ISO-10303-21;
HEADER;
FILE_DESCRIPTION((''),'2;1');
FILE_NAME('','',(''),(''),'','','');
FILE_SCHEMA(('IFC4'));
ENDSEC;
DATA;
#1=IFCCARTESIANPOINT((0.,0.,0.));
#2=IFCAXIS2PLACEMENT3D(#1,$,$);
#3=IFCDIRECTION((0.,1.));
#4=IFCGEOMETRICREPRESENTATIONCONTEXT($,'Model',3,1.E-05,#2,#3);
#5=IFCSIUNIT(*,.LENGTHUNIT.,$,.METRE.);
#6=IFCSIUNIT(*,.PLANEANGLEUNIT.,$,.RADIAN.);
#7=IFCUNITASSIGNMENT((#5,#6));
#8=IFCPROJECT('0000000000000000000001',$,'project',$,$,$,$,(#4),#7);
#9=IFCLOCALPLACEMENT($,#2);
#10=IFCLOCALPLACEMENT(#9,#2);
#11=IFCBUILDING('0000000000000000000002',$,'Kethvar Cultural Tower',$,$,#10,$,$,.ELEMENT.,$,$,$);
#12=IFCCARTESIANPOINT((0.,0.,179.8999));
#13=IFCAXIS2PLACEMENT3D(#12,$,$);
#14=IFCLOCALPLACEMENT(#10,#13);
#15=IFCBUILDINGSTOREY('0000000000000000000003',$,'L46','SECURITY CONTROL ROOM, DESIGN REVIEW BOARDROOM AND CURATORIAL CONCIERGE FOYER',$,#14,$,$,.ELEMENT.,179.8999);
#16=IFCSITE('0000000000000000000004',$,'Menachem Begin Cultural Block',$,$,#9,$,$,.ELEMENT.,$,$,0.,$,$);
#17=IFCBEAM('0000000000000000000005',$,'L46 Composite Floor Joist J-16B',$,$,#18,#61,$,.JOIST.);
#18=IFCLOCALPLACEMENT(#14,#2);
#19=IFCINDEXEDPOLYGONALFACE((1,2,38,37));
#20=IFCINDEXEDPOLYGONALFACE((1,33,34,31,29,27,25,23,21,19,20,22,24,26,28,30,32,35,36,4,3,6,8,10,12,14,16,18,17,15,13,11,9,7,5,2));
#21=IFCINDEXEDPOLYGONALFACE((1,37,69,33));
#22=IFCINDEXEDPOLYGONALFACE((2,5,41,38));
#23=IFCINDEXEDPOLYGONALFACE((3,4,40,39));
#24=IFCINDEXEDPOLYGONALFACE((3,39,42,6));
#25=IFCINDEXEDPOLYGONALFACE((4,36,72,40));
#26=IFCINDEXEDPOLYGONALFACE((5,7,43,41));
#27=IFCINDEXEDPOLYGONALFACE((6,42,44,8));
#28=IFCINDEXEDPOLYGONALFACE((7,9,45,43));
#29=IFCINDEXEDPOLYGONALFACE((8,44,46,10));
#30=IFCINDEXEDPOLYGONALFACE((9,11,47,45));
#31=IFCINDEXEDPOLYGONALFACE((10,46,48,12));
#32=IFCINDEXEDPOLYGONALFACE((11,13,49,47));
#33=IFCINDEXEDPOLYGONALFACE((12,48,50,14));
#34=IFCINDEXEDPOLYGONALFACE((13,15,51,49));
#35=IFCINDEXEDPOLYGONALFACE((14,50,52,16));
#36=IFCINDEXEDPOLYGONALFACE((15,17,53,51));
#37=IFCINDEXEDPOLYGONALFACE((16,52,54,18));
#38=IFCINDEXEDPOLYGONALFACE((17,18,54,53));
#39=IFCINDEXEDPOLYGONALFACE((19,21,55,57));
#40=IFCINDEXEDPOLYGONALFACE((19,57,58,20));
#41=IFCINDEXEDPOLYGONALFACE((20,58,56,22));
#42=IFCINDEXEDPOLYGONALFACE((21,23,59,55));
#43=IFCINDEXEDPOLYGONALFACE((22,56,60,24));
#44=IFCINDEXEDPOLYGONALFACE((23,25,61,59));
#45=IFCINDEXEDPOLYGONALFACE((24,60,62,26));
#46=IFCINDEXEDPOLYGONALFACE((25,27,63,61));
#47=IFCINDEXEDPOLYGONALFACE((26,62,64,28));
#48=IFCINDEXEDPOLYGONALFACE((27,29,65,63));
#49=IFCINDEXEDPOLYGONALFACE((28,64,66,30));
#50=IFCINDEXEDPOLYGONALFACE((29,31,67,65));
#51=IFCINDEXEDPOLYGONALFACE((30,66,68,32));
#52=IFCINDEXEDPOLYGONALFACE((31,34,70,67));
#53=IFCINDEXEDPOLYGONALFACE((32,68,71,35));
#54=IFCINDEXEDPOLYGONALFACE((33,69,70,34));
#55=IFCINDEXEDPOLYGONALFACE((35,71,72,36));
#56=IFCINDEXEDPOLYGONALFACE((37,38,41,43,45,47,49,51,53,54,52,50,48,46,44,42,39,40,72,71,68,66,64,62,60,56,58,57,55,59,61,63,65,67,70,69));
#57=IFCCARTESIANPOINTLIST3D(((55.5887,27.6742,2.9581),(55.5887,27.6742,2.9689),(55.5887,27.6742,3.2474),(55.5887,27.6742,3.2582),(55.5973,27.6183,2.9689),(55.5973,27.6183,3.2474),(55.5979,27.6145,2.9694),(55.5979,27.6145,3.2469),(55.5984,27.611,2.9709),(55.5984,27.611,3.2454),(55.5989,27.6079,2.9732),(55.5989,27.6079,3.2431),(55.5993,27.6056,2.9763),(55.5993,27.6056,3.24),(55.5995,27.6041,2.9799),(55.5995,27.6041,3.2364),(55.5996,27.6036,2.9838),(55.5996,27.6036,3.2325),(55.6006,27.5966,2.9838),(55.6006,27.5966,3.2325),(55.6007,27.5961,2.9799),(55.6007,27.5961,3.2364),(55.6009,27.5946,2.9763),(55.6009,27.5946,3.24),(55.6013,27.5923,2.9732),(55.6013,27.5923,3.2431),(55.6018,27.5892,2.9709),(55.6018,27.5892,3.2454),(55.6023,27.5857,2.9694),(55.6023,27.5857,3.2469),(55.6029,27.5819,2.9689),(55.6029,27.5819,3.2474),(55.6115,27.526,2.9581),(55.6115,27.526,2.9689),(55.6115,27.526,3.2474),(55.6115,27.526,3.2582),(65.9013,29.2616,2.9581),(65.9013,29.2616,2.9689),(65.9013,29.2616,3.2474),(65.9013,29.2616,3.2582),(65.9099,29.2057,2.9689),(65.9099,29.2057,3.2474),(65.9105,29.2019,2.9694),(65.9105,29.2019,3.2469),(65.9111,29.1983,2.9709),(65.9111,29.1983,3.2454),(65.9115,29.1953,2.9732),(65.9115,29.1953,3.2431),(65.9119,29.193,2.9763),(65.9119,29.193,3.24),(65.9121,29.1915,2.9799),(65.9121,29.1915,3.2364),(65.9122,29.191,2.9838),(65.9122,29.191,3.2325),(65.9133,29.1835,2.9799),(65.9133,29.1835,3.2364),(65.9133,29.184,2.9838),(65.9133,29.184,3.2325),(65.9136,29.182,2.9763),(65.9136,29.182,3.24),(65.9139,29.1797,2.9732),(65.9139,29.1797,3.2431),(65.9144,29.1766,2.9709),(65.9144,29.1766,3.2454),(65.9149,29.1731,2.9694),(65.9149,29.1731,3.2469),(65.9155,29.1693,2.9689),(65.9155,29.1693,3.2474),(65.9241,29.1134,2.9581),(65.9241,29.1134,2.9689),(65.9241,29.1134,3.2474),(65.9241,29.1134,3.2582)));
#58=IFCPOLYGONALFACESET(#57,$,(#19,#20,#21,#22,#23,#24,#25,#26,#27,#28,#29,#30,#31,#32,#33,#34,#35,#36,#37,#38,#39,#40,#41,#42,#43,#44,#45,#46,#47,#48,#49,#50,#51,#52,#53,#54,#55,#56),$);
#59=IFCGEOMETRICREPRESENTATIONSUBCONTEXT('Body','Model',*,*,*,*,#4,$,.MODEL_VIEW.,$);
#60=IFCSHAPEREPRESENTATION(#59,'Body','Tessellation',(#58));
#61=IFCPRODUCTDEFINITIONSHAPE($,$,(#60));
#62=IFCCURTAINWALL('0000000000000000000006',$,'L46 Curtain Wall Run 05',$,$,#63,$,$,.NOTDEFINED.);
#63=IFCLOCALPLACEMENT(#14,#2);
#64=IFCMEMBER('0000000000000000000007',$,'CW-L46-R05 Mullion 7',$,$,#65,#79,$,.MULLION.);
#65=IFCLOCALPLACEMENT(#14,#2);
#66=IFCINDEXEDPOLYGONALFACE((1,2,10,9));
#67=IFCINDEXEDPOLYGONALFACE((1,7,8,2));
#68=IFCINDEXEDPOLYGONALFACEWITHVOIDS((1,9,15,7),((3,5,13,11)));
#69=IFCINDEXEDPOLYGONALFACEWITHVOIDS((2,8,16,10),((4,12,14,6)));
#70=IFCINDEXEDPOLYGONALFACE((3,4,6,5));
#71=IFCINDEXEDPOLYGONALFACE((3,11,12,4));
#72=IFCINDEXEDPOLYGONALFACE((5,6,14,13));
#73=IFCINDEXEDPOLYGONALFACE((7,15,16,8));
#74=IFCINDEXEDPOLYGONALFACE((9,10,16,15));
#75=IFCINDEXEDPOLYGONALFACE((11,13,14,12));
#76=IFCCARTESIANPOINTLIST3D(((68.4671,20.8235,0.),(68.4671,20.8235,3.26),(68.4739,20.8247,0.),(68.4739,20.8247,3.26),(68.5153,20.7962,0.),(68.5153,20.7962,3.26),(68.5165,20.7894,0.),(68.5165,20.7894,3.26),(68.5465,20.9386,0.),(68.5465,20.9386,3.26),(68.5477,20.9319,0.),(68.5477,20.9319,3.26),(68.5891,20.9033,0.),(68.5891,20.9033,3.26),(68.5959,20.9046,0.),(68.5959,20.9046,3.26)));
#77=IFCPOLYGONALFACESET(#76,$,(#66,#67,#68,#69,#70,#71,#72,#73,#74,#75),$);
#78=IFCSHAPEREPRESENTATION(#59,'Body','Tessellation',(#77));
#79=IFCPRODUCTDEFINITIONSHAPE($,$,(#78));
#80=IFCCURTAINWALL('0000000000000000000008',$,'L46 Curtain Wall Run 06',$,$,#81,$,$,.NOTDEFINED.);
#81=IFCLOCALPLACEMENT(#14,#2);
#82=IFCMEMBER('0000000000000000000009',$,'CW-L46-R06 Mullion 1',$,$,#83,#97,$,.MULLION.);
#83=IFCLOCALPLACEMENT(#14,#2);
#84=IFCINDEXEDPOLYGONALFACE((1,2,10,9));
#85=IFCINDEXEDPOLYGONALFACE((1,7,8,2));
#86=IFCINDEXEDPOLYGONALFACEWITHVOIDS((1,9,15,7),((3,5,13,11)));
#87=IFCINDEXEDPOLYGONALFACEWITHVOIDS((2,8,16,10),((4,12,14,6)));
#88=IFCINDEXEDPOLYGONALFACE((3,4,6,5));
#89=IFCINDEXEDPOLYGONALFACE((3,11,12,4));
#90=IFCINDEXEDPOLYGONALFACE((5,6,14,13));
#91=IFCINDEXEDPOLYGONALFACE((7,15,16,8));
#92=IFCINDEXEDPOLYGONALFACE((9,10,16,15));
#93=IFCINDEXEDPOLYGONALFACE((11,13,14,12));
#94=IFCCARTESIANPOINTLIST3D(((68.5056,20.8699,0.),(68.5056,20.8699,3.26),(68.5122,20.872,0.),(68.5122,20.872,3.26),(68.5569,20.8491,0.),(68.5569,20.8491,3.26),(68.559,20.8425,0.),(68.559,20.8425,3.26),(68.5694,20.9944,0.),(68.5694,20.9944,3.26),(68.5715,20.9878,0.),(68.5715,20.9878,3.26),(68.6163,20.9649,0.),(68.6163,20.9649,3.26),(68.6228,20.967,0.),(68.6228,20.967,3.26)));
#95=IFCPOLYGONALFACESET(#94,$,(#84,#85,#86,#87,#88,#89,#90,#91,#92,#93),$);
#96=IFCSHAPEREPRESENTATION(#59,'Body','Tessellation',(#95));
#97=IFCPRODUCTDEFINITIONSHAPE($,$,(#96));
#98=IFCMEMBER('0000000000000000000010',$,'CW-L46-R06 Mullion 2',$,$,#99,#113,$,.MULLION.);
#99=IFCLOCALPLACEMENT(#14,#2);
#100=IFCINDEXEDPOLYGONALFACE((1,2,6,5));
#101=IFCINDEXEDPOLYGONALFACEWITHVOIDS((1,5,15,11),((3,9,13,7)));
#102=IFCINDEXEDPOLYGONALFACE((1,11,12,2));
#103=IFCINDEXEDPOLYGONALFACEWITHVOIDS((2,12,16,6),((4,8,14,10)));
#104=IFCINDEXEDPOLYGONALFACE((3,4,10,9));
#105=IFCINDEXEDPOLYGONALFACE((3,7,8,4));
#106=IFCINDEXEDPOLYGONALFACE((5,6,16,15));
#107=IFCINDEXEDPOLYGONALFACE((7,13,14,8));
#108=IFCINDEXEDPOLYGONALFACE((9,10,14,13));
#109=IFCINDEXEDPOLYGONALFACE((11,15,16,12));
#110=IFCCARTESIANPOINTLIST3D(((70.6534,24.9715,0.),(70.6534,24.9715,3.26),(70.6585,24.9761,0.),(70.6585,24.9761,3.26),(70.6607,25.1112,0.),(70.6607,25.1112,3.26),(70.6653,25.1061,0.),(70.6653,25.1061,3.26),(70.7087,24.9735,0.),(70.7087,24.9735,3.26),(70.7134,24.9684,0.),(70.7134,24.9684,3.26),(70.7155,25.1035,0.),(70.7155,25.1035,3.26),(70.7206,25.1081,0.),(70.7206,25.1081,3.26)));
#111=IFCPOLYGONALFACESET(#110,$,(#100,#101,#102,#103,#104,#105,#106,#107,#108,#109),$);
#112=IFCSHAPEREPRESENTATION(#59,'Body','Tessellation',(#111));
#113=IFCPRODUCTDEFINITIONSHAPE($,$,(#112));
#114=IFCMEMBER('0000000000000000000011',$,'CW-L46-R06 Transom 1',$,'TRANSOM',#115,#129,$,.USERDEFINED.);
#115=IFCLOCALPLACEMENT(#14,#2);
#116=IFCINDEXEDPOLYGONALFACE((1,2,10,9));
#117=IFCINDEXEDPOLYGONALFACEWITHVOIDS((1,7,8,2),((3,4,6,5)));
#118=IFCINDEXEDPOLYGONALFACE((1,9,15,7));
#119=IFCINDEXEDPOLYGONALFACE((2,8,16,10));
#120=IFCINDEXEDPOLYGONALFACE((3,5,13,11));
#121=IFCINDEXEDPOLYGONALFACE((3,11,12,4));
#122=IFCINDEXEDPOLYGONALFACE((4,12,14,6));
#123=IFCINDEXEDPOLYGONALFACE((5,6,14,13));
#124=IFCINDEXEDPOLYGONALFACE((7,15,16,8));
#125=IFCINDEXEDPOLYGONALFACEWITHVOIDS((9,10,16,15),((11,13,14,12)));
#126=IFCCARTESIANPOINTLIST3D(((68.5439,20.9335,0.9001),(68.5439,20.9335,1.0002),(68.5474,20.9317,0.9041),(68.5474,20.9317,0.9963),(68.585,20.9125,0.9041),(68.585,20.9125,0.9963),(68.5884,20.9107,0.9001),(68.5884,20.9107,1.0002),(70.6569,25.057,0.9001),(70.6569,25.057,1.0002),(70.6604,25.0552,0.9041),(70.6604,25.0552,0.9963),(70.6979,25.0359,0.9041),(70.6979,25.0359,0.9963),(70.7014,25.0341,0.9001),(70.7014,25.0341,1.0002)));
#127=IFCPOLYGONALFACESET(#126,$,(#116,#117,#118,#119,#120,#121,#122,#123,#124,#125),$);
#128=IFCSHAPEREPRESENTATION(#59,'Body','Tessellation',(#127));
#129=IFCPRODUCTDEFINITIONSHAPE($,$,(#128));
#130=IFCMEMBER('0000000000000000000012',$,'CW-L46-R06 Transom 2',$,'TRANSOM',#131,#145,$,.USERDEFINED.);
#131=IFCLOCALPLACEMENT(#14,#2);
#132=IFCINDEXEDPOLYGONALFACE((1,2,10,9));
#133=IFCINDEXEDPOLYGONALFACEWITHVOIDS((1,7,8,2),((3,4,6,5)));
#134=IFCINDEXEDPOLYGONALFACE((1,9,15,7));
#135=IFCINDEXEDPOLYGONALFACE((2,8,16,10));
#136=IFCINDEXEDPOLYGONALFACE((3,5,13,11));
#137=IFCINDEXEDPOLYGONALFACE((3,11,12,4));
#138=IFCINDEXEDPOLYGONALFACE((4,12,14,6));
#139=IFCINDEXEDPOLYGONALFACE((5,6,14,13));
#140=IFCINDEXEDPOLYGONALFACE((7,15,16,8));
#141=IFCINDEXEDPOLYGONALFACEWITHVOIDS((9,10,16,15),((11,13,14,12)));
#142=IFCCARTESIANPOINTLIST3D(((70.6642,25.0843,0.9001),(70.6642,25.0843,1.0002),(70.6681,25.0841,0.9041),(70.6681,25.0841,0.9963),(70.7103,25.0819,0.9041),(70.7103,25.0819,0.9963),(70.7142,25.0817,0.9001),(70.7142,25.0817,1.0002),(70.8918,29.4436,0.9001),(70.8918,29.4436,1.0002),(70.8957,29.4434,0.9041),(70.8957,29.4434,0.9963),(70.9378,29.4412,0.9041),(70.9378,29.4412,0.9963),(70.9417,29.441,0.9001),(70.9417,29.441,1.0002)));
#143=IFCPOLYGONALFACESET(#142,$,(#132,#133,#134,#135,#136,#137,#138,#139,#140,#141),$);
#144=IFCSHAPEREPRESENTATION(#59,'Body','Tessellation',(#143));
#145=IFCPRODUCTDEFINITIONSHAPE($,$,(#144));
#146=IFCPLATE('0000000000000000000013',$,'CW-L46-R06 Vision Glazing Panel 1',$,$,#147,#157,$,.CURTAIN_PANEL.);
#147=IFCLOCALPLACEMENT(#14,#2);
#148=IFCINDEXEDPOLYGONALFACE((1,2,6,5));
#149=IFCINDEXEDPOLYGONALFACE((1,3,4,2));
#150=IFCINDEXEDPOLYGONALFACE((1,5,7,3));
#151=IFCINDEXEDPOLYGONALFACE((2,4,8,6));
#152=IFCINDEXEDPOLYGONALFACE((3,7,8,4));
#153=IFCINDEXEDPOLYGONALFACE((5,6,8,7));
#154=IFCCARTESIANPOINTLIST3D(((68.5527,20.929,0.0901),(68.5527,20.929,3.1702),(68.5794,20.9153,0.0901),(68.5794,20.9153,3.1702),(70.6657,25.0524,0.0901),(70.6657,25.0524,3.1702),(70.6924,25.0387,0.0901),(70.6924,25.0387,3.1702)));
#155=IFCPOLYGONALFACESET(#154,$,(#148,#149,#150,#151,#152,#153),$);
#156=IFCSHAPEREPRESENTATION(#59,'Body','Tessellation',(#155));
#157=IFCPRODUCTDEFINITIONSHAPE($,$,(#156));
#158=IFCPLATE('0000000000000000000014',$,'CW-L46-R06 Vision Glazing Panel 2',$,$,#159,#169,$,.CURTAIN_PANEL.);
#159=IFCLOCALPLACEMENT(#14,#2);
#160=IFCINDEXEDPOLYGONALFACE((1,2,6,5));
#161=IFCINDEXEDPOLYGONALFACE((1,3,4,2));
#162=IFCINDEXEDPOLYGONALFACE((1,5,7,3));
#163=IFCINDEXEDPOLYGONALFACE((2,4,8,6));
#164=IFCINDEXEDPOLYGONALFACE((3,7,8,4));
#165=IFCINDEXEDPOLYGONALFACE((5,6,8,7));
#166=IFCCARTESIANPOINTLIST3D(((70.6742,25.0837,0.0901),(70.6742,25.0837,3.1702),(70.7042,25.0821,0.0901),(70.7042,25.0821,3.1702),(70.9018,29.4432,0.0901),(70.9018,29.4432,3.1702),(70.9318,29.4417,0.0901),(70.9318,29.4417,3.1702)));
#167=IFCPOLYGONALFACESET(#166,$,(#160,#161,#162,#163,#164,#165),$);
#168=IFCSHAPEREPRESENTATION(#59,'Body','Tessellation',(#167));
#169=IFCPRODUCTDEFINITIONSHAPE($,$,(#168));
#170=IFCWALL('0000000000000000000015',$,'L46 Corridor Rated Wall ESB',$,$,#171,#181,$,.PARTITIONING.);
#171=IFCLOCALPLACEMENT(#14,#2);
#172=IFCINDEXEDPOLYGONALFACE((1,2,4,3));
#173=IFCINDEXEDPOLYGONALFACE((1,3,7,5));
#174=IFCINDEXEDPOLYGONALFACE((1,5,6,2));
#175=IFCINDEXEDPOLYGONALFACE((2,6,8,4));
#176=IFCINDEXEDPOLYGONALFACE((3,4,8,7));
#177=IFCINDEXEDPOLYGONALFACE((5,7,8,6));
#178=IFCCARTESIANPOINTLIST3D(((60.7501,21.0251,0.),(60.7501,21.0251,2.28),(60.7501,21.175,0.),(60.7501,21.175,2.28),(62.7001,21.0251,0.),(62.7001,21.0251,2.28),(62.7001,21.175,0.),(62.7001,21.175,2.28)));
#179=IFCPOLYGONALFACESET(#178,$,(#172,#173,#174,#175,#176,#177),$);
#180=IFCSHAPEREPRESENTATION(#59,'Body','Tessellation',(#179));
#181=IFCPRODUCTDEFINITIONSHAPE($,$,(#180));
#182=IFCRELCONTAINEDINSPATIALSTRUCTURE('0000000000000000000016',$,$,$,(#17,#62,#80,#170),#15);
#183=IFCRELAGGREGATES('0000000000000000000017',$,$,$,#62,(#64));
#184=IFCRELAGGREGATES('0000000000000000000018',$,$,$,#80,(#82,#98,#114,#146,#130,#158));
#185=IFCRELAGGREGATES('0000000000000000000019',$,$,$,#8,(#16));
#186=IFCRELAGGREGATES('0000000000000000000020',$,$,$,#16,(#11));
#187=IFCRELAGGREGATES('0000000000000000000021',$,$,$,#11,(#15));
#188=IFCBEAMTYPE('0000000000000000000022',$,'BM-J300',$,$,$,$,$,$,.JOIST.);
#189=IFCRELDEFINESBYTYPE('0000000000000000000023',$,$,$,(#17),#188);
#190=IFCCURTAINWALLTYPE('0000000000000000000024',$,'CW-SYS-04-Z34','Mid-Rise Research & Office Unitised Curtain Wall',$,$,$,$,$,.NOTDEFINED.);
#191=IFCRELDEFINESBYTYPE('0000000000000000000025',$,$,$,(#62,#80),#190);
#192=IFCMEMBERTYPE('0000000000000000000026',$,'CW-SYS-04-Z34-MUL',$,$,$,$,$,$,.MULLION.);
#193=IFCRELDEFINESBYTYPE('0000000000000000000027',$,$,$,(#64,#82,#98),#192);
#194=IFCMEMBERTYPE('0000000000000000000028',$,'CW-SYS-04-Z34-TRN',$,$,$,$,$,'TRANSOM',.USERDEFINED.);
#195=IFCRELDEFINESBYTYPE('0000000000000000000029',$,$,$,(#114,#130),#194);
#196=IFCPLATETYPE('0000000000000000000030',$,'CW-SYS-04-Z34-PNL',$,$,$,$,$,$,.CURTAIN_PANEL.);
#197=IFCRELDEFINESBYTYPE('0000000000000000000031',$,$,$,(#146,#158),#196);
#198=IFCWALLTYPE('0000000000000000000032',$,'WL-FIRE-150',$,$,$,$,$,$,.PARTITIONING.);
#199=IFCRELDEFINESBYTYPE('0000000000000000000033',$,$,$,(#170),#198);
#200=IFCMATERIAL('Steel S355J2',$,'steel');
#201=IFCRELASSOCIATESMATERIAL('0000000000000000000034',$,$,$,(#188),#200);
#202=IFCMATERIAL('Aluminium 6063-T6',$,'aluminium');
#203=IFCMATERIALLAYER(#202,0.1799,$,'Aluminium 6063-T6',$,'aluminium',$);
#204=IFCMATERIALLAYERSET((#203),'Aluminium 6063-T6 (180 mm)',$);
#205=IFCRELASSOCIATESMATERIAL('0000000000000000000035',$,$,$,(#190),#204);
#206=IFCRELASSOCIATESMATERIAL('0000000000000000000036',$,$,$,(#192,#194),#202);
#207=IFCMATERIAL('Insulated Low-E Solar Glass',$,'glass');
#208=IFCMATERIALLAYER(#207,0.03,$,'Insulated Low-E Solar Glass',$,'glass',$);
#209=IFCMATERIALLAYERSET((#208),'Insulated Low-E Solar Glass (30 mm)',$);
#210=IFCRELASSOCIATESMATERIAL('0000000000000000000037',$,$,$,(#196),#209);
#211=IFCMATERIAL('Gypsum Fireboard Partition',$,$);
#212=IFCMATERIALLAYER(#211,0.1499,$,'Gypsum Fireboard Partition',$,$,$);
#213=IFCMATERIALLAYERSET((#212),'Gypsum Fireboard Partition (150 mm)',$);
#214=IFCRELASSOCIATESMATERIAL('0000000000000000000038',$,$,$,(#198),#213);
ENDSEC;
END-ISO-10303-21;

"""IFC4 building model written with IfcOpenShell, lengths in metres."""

from ifc_helpers import new_model, si_unit, direction, frame, frame_2d, origin, origin_2d, place, context, subcontext, project, spatial, rectangle, hollow_rectangle, i_section, extrude, source, transform, mapped, material, layer, layer_set, material_profile, profile_set, type_object, element, aggregate, save


model = new_model("IFC4")

# Units and contexts
model_context = context("Model", 3, precision=1e-05, world=origin(), true_north=direction((0.0, 1.0)))
body_context = subcontext(model_context, "Body", "Model", "MODEL_VIEW")
ifc_project = project(units=[si_unit("LENGTHUNIT", "METRE"), si_unit("PLANEANGLEUNIT", "RADIAN")], contexts=[model_context])

# Site, building, storey
site_placement = place(None, origin())
site = spatial("IfcSite", under=ifc_project, at=site_placement, Name="Menachem Begin Cultural Block", CompositionType="ELEMENT", RefElevation=0.0)
building_placement = place(site_placement, origin())
building = spatial("IfcBuilding", under=site, at=building_placement, Name="Kethvar Cultural Tower", CompositionType="ELEMENT")
storey_placement = place(building_placement, frame((0.0, 0.0, 179.8999)))
storey = spatial("IfcBuildingStorey", under=building, at=storey_placement, Name="L46", Description="SECURITY CONTROL ROOM, DESIGN REVIEW BOARDROOM AND CURATORIAL CONCIERGE FOYER", CompositionType="ELEMENT", Elevation=179.8999)

# Beam
ifc_material_1 = material(Name="Steel S355J2", Category="steel")
ifc_material_profile_1 = material_profile(ifc_material_1, i_section(OverallWidth=0.1499, OverallDepth=0.3, WebThickness=0.0071, FlangeThickness=0.0107, FilletRadius=0.0149, at=origin_2d()), Name="Steel S355J2 — IPE300")
ifc_profile_set_1 = profile_set([ifc_material_profile_1], Name="Steel S355J2 — IPE300")
beam_type_1 = type_object("IfcBeamType", Name="BM-J300", PredefinedType="JOIST", material=ifc_profile_set_1)
shared_shape_1 = source(origin(), body_context, "Body", "SweptSolid", [
    extrude(i_section(OverallWidth=0.1499, OverallDepth=0.3, WebThickness=0.0071, FlangeThickness=0.0107, FilletRadius=0.0149, at=origin_2d()), origin(), (0.0, 0.0, 1.0), 10.4341),
])
beam_1_placement = place(storey_placement, frame((55.6001, 27.6001, 3.1082), z_axis=(0.98836, 0.152135, 0.0), x_axis=(-0.152135, 0.98836, 0.0)))
element("IfcBeam", 1, at=beam_1_placement, inside=storey, type_object=beam_type_1, Name="L46 Composite Floor Joist J-16B", PredefinedType="JOIST", context=body_context, shape_type="MappedRepresentation", body=[
    mapped(shared_shape_1, transform((0.0, 0.0, 0.0), scale=1.0)),
])

# Curtain wall, member
ifc_material_2 = material(Name="Aluminium 6063-T6", Category="aluminium")
ifc_layer_1 = layer(ifc_material_2, 0.1799, Name="Aluminium 6063-T6", Category="aluminium")
ifc_layer_set_1 = layer_set([ifc_layer_1], Name="Aluminium 6063-T6 (180 mm)")
curtain_wall_type = type_object("IfcCurtainWallType", Name="CW-SYS-04-Z34", Description="Mid-Rise Research & Office Unitised Curtain Wall", PredefinedType="NOTDEFINED", material=ifc_layer_set_1)
curtain_wall_1_placement = place(storey_placement, origin())
curtain_wall_1 = element("IfcCurtainWall", 2, at=curtain_wall_1_placement, inside=storey, type_object=curtain_wall_type, Name="L46 Curtain Wall Run 05", PredefinedType="NOTDEFINED")
ifc_material_profile_2 = material_profile(ifc_material_2, hollow_rectangle(XDim=0.0601, YDim=0.1399, WallThickness=0.0049, at=origin_2d()), Name="Aluminium 6063-T6 — RHS140x60x5")
ifc_profile_set_2 = profile_set([ifc_material_profile_2], Name="Aluminium 6063-T6 — RHS140x60x5")
member_type_1 = type_object("IfcMemberType", Name="CW-SYS-04-Z34-MUL", PredefinedType="MULLION", material=ifc_profile_set_2)
shared_shape_2 = source(origin(), body_context, "Body", "SweptSolid", [
    extrude(hollow_rectangle(XDim=0.0601, YDim=0.1399, WallThickness=0.0049, at=origin_2d()), origin(), (0.0, 0.0, 1.0), 3.26),
])
member_1_placement = place(storey_placement, frame((68.5315, 20.864, 0.0), z_axis=(0.0, 0.0, 1.0), x_axis=(-0.823335, 0.567556, 0.0)))
member_1 = element("IfcMember", 3, at=member_1_placement, type_object=member_type_1, Name="CW-L46-R05 Mullion 7", PredefinedType="MULLION", context=body_context, shape_type="MappedRepresentation", body=[
    mapped(shared_shape_2, transform((0.0, 0.0, 0.0), scale=1.0)),
])
aggregate(curtain_wall_1, [member_1])

# Curtain wall, members, plates
curtain_wall_2_placement = place(storey_placement, origin())
curtain_wall_2 = element("IfcCurtainWall", 4, at=curtain_wall_2_placement, inside=storey, type_object=curtain_wall_type, Name="L46 Curtain Wall Run 06", PredefinedType="NOTDEFINED")
member_2_placement = place(storey_placement, frame((68.5642, 20.9185, 0.0), z_axis=(0.0, 0.0, 1.0), x_axis=(-0.88995, 0.456058, 0.0)))
member_2 = element("IfcMember", 5, at=member_2_placement, type_object=member_type_1, Name="CW-L46-R06 Mullion 1", PredefinedType="MULLION", context=body_context, shape_type="MappedRepresentation", body=[
    mapped(shared_shape_2, transform((0.0, 0.0, 0.0), scale=1.0)),
])
member_3_placement = place(storey_placement, frame((70.687, 25.0398, 0.0), z_axis=(0.0, 0.0, 1.0), x_axis=(-0.99864, 0.052127, 0.0)))
member_3 = element("IfcMember", 6, at=member_3_placement, type_object=member_type_1, Name="CW-L46-R06 Mullion 2", PredefinedType="MULLION", context=body_context, shape_type="MappedRepresentation", body=[
    mapped(shared_shape_2, transform((0.0, 0.0, 0.0), scale=1.0)),
])
ifc_material_profile_3 = material_profile(ifc_material_2, hollow_rectangle(XDim=0.05, YDim=0.1001, WallThickness=0.0039, at=origin_2d()), Name="Aluminium 6063-T6 — RHS100x50x4")
ifc_profile_set_3 = profile_set([ifc_material_profile_3], Name="Aluminium 6063-T6 — RHS100x50x4")
member_type_2 = type_object("IfcMemberType", Name="CW-SYS-04-Z34-TRN", ElementType="TRANSOM", PredefinedType="USERDEFINED", material=ifc_profile_set_3)
shared_shape_3 = source(origin(), body_context, "Body", "SweptSolid", [
    extrude(hollow_rectangle(XDim=0.05, YDim=0.1001, WallThickness=0.0039, at=origin_2d()), origin(), (0.0, 0.0, 1.0), 4.6333),
])
member_4_placement = place(storey_placement, frame((68.5662, 20.9221, 0.9502), z_axis=(0.456044, 0.889957, 0.0), x_axis=(-0.889957, 0.456044, 0.0)))
member_4 = element("IfcMember", 7, at=member_4_placement, type_object=member_type_2, Name="CW-L46-R06 Transom 1", ObjectType="TRANSOM", PredefinedType="USERDEFINED", context=body_context, shape_type="MappedRepresentation", body=[
    mapped(shared_shape_3, transform((0.0, 0.0, 0.0), scale=1.0)),
])
shared_shape_4 = source(origin(), body_context, "Body", "SweptSolid", [
    extrude(hollow_rectangle(XDim=0.05, YDim=0.1001, WallThickness=0.0039, at=origin_2d()), origin(), (0.0, 0.0, 1.0), 4.3652),
])
member_5_placement = place(storey_placement, frame((70.6892, 25.083, 0.9502), z_axis=(0.052124, 0.998641, 0.0), x_axis=(-0.998641, 0.052124, 0.0)))
member_5 = element("IfcMember", 8, at=member_5_placement, type_object=member_type_2, Name="CW-L46-R06 Transom 2", ObjectType="TRANSOM", PredefinedType="USERDEFINED", context=body_context, shape_type="MappedRepresentation", body=[
    mapped(shared_shape_4, transform((0.0, 0.0, 0.0), scale=1.0)),
])
ifc_material_3 = material(Name="Insulated Low-E Solar Glass", Category="glass")
ifc_layer_2 = layer(ifc_material_3, 0.03, Name="Insulated Low-E Solar Glass", Category="glass")
ifc_layer_set_2 = layer_set([ifc_layer_2], Name="Insulated Low-E Solar Glass (30 mm)")
plate_type = type_object("IfcPlateType", Name="CW-SYS-04-Z34-PNL", PredefinedType="CURTAIN_PANEL", material=ifc_layer_set_2)
shared_shape_5 = source(origin(), body_context, "Body", "SweptSolid", [
    extrude(rectangle(XDim=4.6333, YDim=0.03, at=origin_2d()), origin(), (0.0, 0.0, 1.0), 3.0801),
])
plate_1_placement = place(storey_placement, frame((69.6226, 22.9839, 0.0901), z_axis=(0.0, 0.0, 1.0), x_axis=(0.456058, 0.88995, 0.0)))
plate_1 = element("IfcPlate", 9, at=plate_1_placement, type_object=plate_type, Name="CW-L46-R06 Vision Glazing Panel 1", PredefinedType="CURTAIN_PANEL", context=body_context, shape_type="MappedRepresentation", body=[
    mapped(shared_shape_5, transform((0.0, 0.0, 0.0), scale=1.0)),
])
shared_shape_6 = source(origin(), body_context, "Body", "SweptSolid", [
    extrude(rectangle(XDim=4.3655, YDim=0.03, at=origin_2d()), origin(), (0.0, 0.0, 1.0), 3.0801),
])
plate_2_placement = place(storey_placement, frame((70.803, 27.2627, 0.0901), z_axis=(0.0, 0.0, 1.0), x_axis=(0.052127, 0.99864, 0.0)))
plate_2 = element("IfcPlate", 10, at=plate_2_placement, type_object=plate_type, Name="CW-L46-R06 Vision Glazing Panel 2", PredefinedType="CURTAIN_PANEL", context=body_context, shape_type="MappedRepresentation", body=[
    mapped(shared_shape_6, transform((0.0, 0.0, 0.0), scale=1.0)),
])
aggregate(curtain_wall_2, [member_2, member_3, member_4, plate_1, member_5, plate_2])

# Wall
ifc_material_4 = material(Name="Gypsum Fireboard Partition")
ifc_layer_3 = layer(ifc_material_4, 0.1499, Name="Gypsum Fireboard Partition")
ifc_layer_set_3 = layer_set([ifc_layer_3], Name="Gypsum Fireboard Partition (150 mm)")
wall_type_1 = type_object("IfcWallType", Name="WL-FIRE-150", PredefinedType="PARTITIONING", material=ifc_layer_set_3)
wall_1_placement = place(storey_placement, frame((60.75, 21.1001, 0.0), z_axis=(0.0, 0.0, 1.0), x_axis=(1.0, 0.0, 0.0)))
element("IfcWall", 11, at=wall_1_placement, inside=storey, type_object=wall_type_1, Name="L46 Corridor Rated Wall ESB", PredefinedType="PARTITIONING", context=body_context, shape_type="SweptSolid", body=[
    extrude(rectangle(XDim=1.95, YDim=0.1499, at=frame_2d((0.9751, 0.0))), origin(), (0.0, 0.0, 1.0), 2.28),
])

save(model, "model.ifc")
